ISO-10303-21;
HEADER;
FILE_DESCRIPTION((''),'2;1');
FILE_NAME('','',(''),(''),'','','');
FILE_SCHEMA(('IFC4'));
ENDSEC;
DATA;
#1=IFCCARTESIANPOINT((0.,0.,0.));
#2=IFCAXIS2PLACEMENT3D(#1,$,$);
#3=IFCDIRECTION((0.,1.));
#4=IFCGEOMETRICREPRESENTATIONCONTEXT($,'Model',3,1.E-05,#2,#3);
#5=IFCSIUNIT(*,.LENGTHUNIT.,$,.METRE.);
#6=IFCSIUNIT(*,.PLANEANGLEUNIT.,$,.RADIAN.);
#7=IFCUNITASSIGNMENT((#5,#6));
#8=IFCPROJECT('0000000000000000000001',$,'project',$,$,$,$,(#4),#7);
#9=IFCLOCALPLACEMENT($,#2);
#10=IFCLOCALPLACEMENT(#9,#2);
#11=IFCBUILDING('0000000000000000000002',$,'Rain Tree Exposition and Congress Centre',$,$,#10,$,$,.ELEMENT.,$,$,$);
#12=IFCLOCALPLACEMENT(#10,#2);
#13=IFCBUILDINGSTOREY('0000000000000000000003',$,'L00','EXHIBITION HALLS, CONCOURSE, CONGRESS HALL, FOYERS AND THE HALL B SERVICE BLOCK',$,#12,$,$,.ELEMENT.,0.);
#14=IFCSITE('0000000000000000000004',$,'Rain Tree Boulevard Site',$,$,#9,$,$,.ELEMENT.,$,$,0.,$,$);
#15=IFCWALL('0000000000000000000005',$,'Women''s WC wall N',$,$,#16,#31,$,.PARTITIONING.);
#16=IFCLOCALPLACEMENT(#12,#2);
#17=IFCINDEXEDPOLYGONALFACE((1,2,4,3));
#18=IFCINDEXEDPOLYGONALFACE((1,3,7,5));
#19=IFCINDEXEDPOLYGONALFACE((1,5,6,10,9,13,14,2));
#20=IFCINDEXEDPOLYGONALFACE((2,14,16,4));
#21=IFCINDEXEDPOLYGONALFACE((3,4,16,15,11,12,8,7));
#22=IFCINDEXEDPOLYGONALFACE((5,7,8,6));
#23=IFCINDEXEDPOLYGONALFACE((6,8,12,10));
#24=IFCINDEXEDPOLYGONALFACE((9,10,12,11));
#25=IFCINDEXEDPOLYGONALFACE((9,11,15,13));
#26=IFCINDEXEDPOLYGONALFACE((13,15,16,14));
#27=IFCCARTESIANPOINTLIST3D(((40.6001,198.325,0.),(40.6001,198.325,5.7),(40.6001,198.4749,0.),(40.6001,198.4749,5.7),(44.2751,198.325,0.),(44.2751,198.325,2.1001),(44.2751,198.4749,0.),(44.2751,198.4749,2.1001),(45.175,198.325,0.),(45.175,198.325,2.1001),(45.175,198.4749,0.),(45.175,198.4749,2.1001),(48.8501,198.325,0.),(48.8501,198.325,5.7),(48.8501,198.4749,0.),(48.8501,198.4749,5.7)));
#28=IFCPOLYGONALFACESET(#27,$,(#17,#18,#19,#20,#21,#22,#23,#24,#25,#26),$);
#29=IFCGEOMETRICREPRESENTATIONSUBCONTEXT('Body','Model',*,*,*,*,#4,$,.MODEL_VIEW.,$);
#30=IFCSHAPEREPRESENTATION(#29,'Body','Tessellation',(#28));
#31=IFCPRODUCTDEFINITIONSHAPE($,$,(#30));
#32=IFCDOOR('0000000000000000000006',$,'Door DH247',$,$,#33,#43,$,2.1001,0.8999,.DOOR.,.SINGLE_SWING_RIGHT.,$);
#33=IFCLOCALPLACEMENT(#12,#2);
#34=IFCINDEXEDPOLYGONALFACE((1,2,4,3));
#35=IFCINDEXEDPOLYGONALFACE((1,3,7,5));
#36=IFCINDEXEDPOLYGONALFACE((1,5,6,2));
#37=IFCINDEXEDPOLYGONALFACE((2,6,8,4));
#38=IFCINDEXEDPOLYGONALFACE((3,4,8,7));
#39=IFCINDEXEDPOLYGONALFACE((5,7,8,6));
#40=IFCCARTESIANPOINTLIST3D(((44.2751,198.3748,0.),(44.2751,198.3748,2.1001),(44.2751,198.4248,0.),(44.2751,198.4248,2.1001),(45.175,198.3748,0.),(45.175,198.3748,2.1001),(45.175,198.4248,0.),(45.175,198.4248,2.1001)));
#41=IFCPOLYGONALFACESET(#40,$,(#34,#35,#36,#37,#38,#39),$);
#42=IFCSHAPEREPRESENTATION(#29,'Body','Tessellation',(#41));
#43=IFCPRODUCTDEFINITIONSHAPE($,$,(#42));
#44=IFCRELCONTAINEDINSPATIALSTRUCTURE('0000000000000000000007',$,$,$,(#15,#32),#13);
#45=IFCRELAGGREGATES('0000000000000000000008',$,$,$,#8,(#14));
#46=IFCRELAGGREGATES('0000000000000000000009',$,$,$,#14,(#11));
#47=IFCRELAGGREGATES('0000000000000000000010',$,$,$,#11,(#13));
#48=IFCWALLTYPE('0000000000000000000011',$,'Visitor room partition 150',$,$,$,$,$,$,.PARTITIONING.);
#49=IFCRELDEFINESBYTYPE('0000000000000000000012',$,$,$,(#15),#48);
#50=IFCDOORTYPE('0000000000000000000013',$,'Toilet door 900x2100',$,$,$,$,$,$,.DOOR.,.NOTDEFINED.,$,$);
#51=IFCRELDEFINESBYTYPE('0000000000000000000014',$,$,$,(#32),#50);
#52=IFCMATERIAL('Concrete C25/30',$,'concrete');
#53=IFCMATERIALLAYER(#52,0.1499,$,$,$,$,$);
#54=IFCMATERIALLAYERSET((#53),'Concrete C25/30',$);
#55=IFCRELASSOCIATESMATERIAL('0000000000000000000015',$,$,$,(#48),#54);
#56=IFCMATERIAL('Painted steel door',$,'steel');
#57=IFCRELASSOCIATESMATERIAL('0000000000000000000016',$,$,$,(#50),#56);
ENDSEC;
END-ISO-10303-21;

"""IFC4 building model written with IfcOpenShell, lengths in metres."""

from ifc_helpers import new_model, si_unit, direction, frame, frame_2d, origin, place, context, subcontext, project, spatial, rectangle, extrude, material, layer, layer_set, type_object, element, fill, save


model = new_model("IFC4")

# Units and contexts
model_context = context("Model", 3, precision=1e-05, world=origin(), true_north=direction((0.0, 1.0)))
body_context = subcontext(model_context, "Body", "Model", "MODEL_VIEW")
ifc_project = project(units=[si_unit("LENGTHUNIT", "METRE"), si_unit("PLANEANGLEUNIT", "RADIAN")], contexts=[model_context])

# Site, building, storey
site_placement = place(None, origin())
site = spatial("IfcSite", under=ifc_project, at=site_placement, Name="Rain Tree Boulevard Site", CompositionType="ELEMENT", RefElevation=0.0)
building_placement = place(site_placement, origin())
building = spatial("IfcBuilding", under=site, at=building_placement, Name="Rain Tree Exposition and Congress Centre", CompositionType="ELEMENT")
storey_placement = place(building_placement, origin())
storey = spatial("IfcBuildingStorey", under=building, at=storey_placement, Name="L00", Description="EXHIBITION HALLS, CONCOURSE, CONGRESS HALL, FOYERS AND THE HALL B SERVICE BLOCK", CompositionType="ELEMENT", Elevation=0.0)

# Wall, opening, door
ifc_material_1 = material(Name="Concrete C25/30", Category="concrete")
ifc_layer_1 = layer(ifc_material_1, 0.1499)
ifc_layer_set_1 = layer_set([ifc_layer_1], Name="Concrete C25/30")
wall_type_1 = type_object("IfcWallType", Name="Visitor room partition 150", PredefinedType="PARTITIONING", material=ifc_layer_set_1)
wall_1_placement = place(storey_placement, frame((40.6001, 198.3999, 0.0), z_axis=(0.0, 0.0, 1.0), x_axis=(1.0, 0.0, 0.0)))
wall_1 = element("IfcWall", 1, at=wall_1_placement, inside=storey, type_object=wall_type_1, Name="Women's WC wall N", PredefinedType="PARTITIONING", context=body_context, shape_type="SweptSolid", body=[
    extrude(rectangle(XDim=8.25, YDim=0.1499, at=frame_2d((4.125, 0.0))), origin(), (0.0, 0.0, 1.0), 5.7),
])
opening_1_placement = place(wall_1_placement, frame((3.675, 0.0, 0.0)))
opening_1 = element("IfcOpeningElement", 2, at=opening_1_placement, cuts=wall_1, PredefinedType="OPENING", context=body_context, shape_type="SweptSolid", body=[
    extrude(rectangle(XDim=0.8999, YDim=2.1001, at=frame_2d((0.45, 1.05))), frame((0.0, 0.075, 0.0), z_axis=(0.0, -1.0, 0.0), x_axis=(1.0, 0.0, 0.0)), (0.0, 0.0, 1.0), 0.1499),
])
ifc_material_2 = material(Name="Painted steel door", Category="steel")
door_type_1 = type_object("IfcDoorType", Name="Toilet door 900x2100", OperationType="NOTDEFINED", PredefinedType="DOOR", material=ifc_material_2)
door_1_placement = place(opening_1_placement, origin())
door_1 = element("IfcDoor", 3, at=door_1_placement, inside=storey, type_object=door_type_1, Name="Door DH247", OperationType="SINGLE_SWING_RIGHT", OverallHeight=2.1001, OverallWidth=0.8999, PredefinedType="DOOR", context=body_context, shape_type="SweptSolid", body=[
    extrude(rectangle(XDim=0.8999, YDim=2.1001, at=frame_2d((0.45, 1.05))), frame((0.0, 0.0249, 0.0), z_axis=(0.0, -1.0, 0.0), x_axis=(1.0, 0.0, 0.0)), (0.0, 0.0, 1.0), 0.05),
])
fill(opening_1, door_1)

save(model, "model.ifc")
